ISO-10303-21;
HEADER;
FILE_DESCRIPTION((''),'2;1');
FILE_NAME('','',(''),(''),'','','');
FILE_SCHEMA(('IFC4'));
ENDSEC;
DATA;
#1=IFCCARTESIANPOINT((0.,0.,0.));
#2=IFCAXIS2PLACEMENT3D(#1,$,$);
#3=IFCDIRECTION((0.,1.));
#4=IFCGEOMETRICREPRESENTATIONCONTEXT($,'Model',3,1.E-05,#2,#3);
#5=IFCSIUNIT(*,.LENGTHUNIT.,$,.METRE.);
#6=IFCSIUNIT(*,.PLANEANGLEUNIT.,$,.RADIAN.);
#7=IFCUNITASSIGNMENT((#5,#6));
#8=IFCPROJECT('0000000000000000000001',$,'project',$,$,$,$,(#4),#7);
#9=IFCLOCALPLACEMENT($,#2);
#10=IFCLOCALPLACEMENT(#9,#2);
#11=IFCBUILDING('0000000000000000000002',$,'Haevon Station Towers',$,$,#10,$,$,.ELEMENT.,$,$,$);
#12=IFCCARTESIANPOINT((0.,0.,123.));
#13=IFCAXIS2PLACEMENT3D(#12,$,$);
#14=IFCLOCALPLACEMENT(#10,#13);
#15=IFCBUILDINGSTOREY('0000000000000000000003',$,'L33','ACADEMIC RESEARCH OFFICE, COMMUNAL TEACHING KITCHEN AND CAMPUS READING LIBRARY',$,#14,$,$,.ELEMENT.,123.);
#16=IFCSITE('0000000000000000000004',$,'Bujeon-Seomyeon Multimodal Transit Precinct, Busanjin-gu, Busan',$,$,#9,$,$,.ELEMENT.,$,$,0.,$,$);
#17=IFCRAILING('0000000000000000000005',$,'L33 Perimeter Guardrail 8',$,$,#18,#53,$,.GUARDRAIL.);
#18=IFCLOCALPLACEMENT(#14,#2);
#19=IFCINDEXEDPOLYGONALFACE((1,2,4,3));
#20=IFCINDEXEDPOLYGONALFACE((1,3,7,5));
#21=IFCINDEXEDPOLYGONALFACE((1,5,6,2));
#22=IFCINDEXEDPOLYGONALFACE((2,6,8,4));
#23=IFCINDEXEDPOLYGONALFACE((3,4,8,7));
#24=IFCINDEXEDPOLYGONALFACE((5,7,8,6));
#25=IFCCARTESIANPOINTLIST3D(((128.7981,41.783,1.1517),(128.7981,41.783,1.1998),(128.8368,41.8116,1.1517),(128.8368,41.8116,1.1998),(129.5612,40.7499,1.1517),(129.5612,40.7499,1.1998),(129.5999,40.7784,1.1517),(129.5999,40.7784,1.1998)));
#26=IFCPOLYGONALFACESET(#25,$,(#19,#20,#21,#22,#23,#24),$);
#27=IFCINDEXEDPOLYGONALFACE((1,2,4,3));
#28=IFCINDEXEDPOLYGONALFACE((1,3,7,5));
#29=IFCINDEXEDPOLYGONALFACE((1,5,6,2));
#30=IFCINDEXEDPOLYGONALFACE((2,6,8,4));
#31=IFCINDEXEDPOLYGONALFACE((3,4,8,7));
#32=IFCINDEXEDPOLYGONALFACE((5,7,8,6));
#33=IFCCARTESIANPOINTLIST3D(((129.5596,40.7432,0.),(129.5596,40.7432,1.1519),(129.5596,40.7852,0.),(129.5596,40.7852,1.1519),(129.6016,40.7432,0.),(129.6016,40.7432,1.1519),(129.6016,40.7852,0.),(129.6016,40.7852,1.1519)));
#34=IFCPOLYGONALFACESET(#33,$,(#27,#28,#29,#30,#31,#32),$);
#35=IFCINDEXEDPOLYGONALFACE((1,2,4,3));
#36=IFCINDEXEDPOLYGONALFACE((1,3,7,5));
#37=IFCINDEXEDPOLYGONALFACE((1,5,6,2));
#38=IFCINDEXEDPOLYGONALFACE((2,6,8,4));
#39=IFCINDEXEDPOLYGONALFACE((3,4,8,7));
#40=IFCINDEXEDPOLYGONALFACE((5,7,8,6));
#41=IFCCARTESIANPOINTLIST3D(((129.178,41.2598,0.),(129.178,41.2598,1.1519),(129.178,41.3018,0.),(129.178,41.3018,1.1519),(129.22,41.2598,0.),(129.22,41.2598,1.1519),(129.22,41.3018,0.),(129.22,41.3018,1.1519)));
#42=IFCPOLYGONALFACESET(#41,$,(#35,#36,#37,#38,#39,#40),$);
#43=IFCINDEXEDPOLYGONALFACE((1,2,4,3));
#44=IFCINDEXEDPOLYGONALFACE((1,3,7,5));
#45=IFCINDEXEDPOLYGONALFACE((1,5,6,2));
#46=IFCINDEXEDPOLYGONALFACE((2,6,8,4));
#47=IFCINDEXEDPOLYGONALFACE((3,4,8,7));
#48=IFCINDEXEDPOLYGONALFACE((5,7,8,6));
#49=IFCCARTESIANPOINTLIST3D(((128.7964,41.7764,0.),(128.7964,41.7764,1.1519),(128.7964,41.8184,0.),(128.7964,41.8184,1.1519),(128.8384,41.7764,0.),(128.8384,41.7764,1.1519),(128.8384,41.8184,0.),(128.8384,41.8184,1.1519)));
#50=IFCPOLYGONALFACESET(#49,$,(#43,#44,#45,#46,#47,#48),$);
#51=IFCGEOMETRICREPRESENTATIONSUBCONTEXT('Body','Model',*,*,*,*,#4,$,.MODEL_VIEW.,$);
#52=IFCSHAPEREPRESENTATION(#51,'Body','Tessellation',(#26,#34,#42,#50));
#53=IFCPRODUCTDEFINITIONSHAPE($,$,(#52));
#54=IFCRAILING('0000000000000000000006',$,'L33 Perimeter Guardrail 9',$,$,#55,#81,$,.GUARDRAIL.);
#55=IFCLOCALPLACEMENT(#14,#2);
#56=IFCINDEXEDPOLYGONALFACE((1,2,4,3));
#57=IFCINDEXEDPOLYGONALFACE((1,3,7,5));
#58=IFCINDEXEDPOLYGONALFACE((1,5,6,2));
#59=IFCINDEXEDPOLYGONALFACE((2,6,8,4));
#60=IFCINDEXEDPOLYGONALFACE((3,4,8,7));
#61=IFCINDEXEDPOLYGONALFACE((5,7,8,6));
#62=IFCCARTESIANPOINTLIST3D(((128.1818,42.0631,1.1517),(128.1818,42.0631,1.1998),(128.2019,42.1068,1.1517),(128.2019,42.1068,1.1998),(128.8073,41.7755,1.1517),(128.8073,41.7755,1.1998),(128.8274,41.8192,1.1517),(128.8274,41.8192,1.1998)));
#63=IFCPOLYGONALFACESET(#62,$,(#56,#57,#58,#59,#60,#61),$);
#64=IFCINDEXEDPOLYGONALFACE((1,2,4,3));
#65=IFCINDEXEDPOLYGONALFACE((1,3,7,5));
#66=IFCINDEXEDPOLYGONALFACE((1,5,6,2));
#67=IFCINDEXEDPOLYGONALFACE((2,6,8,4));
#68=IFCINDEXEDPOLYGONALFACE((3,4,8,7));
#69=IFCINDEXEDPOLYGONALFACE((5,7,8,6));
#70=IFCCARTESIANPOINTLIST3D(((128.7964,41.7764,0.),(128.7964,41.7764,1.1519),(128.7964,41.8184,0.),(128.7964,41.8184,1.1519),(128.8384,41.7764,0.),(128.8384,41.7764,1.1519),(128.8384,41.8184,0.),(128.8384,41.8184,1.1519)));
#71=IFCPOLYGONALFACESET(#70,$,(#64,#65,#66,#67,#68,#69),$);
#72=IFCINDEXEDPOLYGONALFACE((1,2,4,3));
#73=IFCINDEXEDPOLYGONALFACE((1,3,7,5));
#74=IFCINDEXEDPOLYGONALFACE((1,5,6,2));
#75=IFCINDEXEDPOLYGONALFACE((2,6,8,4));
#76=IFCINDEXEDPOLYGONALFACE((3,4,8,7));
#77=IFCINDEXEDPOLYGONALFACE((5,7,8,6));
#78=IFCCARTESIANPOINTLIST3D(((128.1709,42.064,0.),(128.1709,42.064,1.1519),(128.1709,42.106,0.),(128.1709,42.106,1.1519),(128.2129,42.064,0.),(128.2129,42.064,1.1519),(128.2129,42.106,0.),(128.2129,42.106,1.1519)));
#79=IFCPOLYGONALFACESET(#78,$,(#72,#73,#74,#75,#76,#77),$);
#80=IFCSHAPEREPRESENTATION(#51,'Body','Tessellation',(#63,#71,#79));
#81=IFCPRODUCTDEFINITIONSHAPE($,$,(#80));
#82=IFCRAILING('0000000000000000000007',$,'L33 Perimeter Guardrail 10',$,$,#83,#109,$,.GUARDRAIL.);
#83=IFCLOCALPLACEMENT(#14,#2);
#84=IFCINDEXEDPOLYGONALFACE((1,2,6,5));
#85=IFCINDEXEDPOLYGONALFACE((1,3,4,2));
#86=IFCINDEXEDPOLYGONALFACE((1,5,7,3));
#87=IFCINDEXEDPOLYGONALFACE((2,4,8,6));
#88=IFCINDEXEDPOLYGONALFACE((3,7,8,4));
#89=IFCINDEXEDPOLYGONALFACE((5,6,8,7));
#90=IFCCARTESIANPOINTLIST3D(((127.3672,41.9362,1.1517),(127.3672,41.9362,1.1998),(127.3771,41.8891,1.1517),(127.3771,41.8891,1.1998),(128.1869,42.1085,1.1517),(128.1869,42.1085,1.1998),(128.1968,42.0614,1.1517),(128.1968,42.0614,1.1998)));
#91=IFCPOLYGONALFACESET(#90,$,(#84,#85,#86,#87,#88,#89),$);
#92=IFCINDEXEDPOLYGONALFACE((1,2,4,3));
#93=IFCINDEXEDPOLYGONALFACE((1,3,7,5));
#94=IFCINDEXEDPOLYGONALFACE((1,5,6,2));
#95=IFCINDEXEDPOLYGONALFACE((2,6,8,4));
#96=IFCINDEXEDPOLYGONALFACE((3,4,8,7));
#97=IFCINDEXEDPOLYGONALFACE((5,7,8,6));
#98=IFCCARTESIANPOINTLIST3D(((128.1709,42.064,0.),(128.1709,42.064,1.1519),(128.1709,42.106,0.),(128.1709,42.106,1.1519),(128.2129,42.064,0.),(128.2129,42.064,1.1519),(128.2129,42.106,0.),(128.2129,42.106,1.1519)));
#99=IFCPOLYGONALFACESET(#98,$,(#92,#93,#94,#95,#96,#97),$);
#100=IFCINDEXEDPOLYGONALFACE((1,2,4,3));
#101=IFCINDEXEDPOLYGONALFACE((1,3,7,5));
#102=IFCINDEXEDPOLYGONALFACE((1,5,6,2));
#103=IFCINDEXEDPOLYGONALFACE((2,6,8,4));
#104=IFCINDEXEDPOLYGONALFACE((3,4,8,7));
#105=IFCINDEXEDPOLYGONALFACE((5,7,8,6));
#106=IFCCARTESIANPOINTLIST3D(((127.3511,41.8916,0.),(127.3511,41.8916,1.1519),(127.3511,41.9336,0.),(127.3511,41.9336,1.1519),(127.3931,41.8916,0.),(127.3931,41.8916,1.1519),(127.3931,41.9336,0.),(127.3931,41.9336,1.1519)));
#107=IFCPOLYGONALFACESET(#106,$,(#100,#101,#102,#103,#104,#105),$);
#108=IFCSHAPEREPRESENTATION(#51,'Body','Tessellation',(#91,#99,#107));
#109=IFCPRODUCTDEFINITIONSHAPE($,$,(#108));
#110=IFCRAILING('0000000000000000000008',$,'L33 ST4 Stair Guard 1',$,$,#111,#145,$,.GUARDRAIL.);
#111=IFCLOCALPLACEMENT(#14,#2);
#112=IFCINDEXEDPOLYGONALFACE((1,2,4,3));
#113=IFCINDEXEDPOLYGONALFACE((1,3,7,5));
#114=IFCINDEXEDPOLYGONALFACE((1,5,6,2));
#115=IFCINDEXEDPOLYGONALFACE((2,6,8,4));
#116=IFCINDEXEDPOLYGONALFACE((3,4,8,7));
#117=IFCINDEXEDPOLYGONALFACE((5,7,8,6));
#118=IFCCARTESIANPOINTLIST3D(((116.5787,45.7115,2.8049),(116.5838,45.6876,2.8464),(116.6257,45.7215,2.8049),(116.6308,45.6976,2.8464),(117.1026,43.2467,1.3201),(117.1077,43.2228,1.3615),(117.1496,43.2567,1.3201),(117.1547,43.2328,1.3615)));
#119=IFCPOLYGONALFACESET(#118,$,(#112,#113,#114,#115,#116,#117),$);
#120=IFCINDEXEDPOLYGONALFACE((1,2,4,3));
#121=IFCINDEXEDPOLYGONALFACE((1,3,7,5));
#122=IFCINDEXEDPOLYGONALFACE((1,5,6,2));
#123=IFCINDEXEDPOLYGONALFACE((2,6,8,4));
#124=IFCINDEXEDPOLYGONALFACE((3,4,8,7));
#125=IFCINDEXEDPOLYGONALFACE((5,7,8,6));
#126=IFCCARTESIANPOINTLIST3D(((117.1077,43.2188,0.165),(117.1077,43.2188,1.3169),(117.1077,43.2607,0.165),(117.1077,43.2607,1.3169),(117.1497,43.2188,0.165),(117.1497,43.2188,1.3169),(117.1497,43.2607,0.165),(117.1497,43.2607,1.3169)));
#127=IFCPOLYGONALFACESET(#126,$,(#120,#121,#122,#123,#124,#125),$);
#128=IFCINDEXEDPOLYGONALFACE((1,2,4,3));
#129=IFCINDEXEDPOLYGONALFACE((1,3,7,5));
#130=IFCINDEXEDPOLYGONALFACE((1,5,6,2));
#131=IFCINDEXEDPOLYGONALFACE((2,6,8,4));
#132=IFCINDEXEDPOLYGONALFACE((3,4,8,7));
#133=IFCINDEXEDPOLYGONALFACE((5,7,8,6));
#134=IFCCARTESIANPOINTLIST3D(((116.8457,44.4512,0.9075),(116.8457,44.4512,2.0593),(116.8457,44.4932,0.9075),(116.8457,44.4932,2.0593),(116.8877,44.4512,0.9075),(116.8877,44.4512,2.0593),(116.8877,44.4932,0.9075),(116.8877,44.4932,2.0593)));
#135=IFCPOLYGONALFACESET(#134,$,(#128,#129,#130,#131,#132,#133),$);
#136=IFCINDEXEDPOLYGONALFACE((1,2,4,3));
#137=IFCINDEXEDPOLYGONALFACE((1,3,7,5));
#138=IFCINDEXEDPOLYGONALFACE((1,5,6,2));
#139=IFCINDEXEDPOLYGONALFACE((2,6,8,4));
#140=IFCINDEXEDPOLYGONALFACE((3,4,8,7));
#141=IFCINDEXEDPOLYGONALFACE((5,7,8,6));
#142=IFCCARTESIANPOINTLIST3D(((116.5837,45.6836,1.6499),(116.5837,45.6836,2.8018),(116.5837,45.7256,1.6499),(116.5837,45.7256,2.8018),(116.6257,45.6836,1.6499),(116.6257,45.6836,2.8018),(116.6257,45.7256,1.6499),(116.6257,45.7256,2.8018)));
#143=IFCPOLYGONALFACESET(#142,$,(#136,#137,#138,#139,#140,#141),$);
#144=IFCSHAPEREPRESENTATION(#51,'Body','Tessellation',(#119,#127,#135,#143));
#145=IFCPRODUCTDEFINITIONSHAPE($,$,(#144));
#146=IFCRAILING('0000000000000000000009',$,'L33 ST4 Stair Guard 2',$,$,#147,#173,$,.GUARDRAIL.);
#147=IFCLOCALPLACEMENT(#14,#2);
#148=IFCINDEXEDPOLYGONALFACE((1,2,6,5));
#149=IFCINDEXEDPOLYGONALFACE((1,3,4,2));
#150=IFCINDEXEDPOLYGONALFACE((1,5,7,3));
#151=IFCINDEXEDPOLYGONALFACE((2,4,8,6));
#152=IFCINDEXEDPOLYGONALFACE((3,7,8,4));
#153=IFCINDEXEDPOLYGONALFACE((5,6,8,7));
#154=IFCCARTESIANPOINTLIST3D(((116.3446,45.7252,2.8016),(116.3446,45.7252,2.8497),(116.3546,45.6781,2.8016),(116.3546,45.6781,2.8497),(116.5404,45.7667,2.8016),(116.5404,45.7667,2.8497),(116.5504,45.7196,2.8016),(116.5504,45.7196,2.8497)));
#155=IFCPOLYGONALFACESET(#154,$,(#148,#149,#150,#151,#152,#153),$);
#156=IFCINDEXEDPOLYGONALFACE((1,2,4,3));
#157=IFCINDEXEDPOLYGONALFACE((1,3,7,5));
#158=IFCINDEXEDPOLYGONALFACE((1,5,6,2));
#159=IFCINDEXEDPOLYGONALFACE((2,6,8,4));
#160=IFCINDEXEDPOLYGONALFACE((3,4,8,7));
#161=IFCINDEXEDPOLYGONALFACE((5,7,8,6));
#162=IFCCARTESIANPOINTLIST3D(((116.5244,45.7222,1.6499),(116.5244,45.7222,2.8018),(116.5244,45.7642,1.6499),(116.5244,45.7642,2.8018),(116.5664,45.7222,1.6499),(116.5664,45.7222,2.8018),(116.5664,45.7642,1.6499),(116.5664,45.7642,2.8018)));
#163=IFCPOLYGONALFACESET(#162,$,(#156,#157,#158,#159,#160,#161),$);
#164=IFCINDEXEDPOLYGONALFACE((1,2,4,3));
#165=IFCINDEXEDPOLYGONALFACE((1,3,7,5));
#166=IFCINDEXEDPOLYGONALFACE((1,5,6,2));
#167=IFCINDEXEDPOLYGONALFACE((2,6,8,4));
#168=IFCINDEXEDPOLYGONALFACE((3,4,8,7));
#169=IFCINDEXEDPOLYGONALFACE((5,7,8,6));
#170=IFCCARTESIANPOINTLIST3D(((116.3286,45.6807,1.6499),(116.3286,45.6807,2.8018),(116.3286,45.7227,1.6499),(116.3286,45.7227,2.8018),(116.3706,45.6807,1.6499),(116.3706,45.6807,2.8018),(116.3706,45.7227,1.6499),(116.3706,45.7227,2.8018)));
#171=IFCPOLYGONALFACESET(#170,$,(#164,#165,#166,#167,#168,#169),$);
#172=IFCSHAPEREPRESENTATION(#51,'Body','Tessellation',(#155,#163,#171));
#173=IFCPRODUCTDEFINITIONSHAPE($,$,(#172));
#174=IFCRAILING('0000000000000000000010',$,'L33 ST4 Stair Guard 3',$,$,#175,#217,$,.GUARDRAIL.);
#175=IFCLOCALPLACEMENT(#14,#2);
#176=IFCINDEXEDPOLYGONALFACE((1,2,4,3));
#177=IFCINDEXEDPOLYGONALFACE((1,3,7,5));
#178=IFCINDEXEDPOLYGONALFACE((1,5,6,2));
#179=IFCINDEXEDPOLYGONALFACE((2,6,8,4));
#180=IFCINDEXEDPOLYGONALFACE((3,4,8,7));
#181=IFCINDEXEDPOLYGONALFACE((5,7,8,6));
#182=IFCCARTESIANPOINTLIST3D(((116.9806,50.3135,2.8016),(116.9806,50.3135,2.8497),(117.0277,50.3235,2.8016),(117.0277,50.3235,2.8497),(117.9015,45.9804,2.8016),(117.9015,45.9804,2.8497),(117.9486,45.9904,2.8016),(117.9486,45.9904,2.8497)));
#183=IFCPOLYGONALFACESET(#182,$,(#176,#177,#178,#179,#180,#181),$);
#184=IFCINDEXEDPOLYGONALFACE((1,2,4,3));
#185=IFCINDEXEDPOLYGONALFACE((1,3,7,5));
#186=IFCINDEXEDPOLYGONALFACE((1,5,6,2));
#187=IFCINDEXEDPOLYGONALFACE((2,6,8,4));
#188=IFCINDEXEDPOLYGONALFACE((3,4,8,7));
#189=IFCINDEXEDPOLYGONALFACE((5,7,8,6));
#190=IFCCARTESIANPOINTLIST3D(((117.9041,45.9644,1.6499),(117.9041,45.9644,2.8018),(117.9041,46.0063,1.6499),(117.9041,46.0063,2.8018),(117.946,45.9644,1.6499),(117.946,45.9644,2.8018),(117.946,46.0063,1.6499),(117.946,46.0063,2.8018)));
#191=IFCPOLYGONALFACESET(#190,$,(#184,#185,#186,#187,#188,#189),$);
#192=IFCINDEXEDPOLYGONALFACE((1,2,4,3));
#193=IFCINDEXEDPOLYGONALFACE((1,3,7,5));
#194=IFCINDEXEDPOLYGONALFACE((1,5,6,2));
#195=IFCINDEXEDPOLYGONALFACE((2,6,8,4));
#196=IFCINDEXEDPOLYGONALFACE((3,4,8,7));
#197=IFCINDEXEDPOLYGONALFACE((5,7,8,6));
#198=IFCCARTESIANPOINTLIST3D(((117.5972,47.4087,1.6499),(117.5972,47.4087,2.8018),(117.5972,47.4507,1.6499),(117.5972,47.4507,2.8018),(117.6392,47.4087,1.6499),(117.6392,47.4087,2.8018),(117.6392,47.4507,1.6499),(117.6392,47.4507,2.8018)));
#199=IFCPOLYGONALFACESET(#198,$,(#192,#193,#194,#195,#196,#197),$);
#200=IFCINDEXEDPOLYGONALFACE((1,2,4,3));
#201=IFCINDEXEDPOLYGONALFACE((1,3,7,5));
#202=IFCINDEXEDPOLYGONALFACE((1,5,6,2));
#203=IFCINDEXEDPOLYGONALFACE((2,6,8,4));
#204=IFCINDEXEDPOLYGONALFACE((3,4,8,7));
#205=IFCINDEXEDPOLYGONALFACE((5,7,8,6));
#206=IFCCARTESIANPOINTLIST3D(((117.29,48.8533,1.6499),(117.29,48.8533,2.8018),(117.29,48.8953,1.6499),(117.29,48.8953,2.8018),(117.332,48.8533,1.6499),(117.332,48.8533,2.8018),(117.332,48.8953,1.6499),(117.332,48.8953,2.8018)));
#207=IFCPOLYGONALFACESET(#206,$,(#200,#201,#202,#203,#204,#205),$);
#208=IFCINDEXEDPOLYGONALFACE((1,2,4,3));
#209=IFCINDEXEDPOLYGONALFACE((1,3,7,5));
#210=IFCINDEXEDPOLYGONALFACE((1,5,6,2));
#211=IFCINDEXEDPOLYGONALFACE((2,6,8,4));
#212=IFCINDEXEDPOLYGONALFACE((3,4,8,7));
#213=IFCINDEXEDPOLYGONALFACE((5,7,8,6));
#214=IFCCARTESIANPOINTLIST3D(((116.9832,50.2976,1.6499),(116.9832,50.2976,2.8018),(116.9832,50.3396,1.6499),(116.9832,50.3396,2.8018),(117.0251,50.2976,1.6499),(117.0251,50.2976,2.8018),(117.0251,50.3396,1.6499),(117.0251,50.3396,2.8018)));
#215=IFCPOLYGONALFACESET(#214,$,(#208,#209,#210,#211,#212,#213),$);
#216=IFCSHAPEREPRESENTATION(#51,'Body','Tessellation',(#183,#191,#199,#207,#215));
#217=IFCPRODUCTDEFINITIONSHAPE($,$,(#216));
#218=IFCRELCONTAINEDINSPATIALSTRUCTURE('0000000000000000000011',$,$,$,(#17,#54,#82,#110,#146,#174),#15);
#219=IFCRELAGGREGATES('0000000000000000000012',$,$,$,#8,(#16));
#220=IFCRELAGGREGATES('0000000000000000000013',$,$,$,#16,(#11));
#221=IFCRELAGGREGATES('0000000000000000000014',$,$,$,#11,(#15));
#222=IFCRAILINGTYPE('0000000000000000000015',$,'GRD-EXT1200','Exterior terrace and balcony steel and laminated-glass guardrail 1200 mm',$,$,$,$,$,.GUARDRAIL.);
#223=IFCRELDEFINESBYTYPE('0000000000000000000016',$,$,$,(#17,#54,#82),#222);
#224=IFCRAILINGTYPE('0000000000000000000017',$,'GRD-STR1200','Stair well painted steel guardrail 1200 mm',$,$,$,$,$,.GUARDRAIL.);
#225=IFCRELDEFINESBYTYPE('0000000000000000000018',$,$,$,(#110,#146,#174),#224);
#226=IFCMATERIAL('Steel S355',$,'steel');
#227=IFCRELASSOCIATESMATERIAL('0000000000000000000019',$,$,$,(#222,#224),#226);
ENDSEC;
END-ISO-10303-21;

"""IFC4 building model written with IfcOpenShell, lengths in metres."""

from ifc_helpers import new_model, si_unit, direction, frame, origin, origin_2d, place, context, subcontext, project, spatial, rectangle, extrude, material, type_object, element, save


model = new_model("IFC4")

# Units and contexts
model_context = context("Model", 3, precision=1e-05, world=origin(), true_north=direction((0.0, 1.0)))
body_context = subcontext(model_context, "Body", "Model", "MODEL_VIEW")
ifc_project = project(units=[si_unit("LENGTHUNIT", "METRE"), si_unit("PLANEANGLEUNIT", "RADIAN")], contexts=[model_context])

# Site, building, storey
site_placement = place(None, origin())
site = spatial("IfcSite", under=ifc_project, at=site_placement, Name="Bujeon-Seomyeon Multimodal Transit Precinct, Busanjin-gu, Busan", CompositionType="ELEMENT", RefElevation=0.0)
building_placement = place(site_placement, origin())
building = spatial("IfcBuilding", under=site, at=building_placement, Name="Haevon Station Towers", CompositionType="ELEMENT")
storey_placement = place(building_placement, frame((0.0, 0.0, 123.0)))
storey = spatial("IfcBuildingStorey", under=building, at=storey_placement, Name="L33", Description="ACADEMIC RESEARCH OFFICE, COMMUNAL TEACHING KITCHEN AND CAMPUS READING LIBRARY", CompositionType="ELEMENT", Elevation=123.0)

# Shared definitions
ifc_material_1 = material(Name="Steel S355", Category="steel")

# Railings
railing_type_1 = type_object("IfcRailingType", Name="GRD-EXT1200", Description="Exterior terrace and balcony steel and laminated-glass guardrail 1200 mm", PredefinedType="GUARDRAIL", material=ifc_material_1)
railing_1_placement = place(storey_placement, frame((129.5806, 40.7642, 0.0)))
element("IfcRailing", 1, at=railing_1_placement, inside=storey, type_object=railing_type_1, Name="L33 Perimeter Guardrail 8", PredefinedType="GUARDRAIL", context=body_context, shape_type="SweptSolid", body=[
    extrude(rectangle(XDim=0.0481, YDim=0.0481, at=origin_2d()), frame((0.0, 0.0, 1.1758), z_axis=(-0.594145, 0.804358, 0.0), x_axis=(-0.804358, -0.594145, 0.0)), (0.0, 0.0, 1.0), 1.2844),
    extrude(rectangle(XDim=0.042, YDim=0.042, at=origin_2d()), origin(), (0.0, 0.0, 1.0), 1.1519),
    extrude(rectangle(XDim=0.042, YDim=0.042, at=origin_2d()), frame((-0.3816, 0.5166, 0.0)), (0.0, 0.0, 1.0), 1.1519),
    extrude(rectangle(XDim=0.042, YDim=0.042, at=origin_2d()), frame((-0.7632, 1.0332, 0.0)), (0.0, 0.0, 1.0), 1.1519),
])
railing_2_placement = place(storey_placement, frame((128.8174, 41.7974, 0.0)))
element("IfcRailing", 2, at=railing_2_placement, inside=storey, type_object=railing_type_1, Name="L33 Perimeter Guardrail 9", PredefinedType="GUARDRAIL", context=body_context, shape_type="SweptSolid", body=[
    extrude(rectangle(XDim=0.0481, YDim=0.0481, at=origin_2d()), frame((0.0, 0.0, 1.1758), z_axis=(-0.90856, 0.417753, 0.0), x_axis=(-0.417753, -0.90856, 0.0)), (0.0, 0.0, 1.0), 0.6885),
    extrude(rectangle(XDim=0.042, YDim=0.042, at=origin_2d()), origin(), (0.0, 0.0, 1.0), 1.1519),
    extrude(rectangle(XDim=0.042, YDim=0.042, at=origin_2d()), frame((-0.6255, 0.2876, 0.0)), (0.0, 0.0, 1.0), 1.1519),
])
railing_3_placement = place(storey_placement, frame((128.1919, 42.085, 0.0)))
element("IfcRailing", 3, at=railing_3_placement, inside=storey, type_object=railing_type_1, Name="L33 Perimeter Guardrail 10", PredefinedType="GUARDRAIL", context=body_context, shape_type="SweptSolid", body=[
    extrude(rectangle(XDim=0.0481, YDim=0.0481, at=origin_2d()), frame((0.0, 0.0, 1.1758), z_axis=(-0.978605, -0.205746, 0.0), x_axis=(0.205746, -0.978605, 0.0)), (0.0, 0.0, 1.0), 0.8376),
    extrude(rectangle(XDim=0.042, YDim=0.042, at=origin_2d()), origin(), (0.0, 0.0, 1.0), 1.1519),
    extrude(rectangle(XDim=0.042, YDim=0.042, at=origin_2d()), frame((-0.8198, -0.1724, 0.0)), (0.0, 0.0, 1.0), 1.1519),
])
railing_type_2 = type_object("IfcRailingType", Name="GRD-STR1200", Description="Stair well painted steel guardrail 1200 mm", PredefinedType="GUARDRAIL", material=ifc_material_1)
railing_4_placement = place(storey_placement, frame((117.1287, 43.2397, 0.165)))
element("IfcRailing", 4, at=railing_4_placement, inside=storey, type_object=railing_type_2, Name="L33 ST4 Stair Guard 1", PredefinedType="GUARDRAIL", context=body_context, shape_type="SweptSolid", body=[
    extrude(rectangle(XDim=0.0481, YDim=0.0481, at=origin_2d()), frame((0.0, 0.0, 1.1758), z_axis=(-0.179129, 0.842724, 0.507671), x_axis=(-0.978147, -0.207914, 0.0)), (0.0, 0.0, 1.0), 2.9248),
    extrude(rectangle(XDim=0.042, YDim=0.042, at=origin_2d()), origin(), (0.0, 0.0, 1.0), 1.1519),
    extrude(rectangle(XDim=0.042, YDim=0.042, at=origin_2d()), frame((-0.262, 1.2324, 0.7424)), (0.0, 0.0, 1.0), 1.1519),
    extrude(rectangle(XDim=0.042, YDim=0.042, at=origin_2d()), frame((-0.5239, 2.4648, 1.4849)), (0.0, 0.0, 1.0), 1.1519),
])
railing_5_placement = place(storey_placement, frame((116.5454, 45.7432, 1.6499)))
element("IfcRailing", 5, at=railing_5_placement, inside=storey, type_object=railing_type_2, Name="L33 ST4 Stair Guard 2", PredefinedType="GUARDRAIL", context=body_context, shape_type="SweptSolid", body=[
    extrude(rectangle(XDim=0.0481, YDim=0.0481, at=origin_2d()), frame((0.0, 0.0, 1.1758), z_axis=(-0.978264, -0.207363, 0.0), x_axis=(0.207363, -0.978264, 0.0)), (0.0, 0.0, 1.0), 0.2002),
    extrude(rectangle(XDim=0.042, YDim=0.042, at=origin_2d()), origin(), (0.0, 0.0, 1.0), 1.1519),
    extrude(rectangle(XDim=0.042, YDim=0.042, at=origin_2d()), frame((-0.1958, -0.0415, 0.0)), (0.0, 0.0, 1.0), 1.1519),
])
railing_6_placement = place(storey_placement, frame((117.925, 45.9854, 1.6499)))
element("IfcRailing", 6, at=railing_6_placement, inside=storey, type_object=railing_type_2, Name="L33 ST4 Stair Guard 3", PredefinedType="GUARDRAIL", context=body_context, shape_type="SweptSolid", body=[
    extrude(rectangle(XDim=0.0481, YDim=0.0481, at=origin_2d()), frame((0.0, 0.0, 1.1758), z_axis=(-0.207877, 0.978155, 0.0), x_axis=(-0.978155, -0.207877, 0.0)), (0.0, 0.0, 1.0), 4.4299),
    extrude(rectangle(XDim=0.042, YDim=0.042, at=origin_2d()), origin(), (0.0, 0.0, 1.0), 1.1519),
    extrude(rectangle(XDim=0.042, YDim=0.042, at=origin_2d()), frame((-0.3069, 1.4443, 0.0)), (0.0, 0.0, 1.0), 1.1519),
    extrude(rectangle(XDim=0.042, YDim=0.042, at=origin_2d()), frame((-0.614, 2.8889, 0.0)), (0.0, 0.0, 1.0), 1.1519),
    extrude(rectangle(XDim=0.042, YDim=0.042, at=origin_2d()), frame((-0.9209, 4.3333, 0.0)), (0.0, 0.0, 1.0), 1.1519),
])

save(model, "model.ifc")
